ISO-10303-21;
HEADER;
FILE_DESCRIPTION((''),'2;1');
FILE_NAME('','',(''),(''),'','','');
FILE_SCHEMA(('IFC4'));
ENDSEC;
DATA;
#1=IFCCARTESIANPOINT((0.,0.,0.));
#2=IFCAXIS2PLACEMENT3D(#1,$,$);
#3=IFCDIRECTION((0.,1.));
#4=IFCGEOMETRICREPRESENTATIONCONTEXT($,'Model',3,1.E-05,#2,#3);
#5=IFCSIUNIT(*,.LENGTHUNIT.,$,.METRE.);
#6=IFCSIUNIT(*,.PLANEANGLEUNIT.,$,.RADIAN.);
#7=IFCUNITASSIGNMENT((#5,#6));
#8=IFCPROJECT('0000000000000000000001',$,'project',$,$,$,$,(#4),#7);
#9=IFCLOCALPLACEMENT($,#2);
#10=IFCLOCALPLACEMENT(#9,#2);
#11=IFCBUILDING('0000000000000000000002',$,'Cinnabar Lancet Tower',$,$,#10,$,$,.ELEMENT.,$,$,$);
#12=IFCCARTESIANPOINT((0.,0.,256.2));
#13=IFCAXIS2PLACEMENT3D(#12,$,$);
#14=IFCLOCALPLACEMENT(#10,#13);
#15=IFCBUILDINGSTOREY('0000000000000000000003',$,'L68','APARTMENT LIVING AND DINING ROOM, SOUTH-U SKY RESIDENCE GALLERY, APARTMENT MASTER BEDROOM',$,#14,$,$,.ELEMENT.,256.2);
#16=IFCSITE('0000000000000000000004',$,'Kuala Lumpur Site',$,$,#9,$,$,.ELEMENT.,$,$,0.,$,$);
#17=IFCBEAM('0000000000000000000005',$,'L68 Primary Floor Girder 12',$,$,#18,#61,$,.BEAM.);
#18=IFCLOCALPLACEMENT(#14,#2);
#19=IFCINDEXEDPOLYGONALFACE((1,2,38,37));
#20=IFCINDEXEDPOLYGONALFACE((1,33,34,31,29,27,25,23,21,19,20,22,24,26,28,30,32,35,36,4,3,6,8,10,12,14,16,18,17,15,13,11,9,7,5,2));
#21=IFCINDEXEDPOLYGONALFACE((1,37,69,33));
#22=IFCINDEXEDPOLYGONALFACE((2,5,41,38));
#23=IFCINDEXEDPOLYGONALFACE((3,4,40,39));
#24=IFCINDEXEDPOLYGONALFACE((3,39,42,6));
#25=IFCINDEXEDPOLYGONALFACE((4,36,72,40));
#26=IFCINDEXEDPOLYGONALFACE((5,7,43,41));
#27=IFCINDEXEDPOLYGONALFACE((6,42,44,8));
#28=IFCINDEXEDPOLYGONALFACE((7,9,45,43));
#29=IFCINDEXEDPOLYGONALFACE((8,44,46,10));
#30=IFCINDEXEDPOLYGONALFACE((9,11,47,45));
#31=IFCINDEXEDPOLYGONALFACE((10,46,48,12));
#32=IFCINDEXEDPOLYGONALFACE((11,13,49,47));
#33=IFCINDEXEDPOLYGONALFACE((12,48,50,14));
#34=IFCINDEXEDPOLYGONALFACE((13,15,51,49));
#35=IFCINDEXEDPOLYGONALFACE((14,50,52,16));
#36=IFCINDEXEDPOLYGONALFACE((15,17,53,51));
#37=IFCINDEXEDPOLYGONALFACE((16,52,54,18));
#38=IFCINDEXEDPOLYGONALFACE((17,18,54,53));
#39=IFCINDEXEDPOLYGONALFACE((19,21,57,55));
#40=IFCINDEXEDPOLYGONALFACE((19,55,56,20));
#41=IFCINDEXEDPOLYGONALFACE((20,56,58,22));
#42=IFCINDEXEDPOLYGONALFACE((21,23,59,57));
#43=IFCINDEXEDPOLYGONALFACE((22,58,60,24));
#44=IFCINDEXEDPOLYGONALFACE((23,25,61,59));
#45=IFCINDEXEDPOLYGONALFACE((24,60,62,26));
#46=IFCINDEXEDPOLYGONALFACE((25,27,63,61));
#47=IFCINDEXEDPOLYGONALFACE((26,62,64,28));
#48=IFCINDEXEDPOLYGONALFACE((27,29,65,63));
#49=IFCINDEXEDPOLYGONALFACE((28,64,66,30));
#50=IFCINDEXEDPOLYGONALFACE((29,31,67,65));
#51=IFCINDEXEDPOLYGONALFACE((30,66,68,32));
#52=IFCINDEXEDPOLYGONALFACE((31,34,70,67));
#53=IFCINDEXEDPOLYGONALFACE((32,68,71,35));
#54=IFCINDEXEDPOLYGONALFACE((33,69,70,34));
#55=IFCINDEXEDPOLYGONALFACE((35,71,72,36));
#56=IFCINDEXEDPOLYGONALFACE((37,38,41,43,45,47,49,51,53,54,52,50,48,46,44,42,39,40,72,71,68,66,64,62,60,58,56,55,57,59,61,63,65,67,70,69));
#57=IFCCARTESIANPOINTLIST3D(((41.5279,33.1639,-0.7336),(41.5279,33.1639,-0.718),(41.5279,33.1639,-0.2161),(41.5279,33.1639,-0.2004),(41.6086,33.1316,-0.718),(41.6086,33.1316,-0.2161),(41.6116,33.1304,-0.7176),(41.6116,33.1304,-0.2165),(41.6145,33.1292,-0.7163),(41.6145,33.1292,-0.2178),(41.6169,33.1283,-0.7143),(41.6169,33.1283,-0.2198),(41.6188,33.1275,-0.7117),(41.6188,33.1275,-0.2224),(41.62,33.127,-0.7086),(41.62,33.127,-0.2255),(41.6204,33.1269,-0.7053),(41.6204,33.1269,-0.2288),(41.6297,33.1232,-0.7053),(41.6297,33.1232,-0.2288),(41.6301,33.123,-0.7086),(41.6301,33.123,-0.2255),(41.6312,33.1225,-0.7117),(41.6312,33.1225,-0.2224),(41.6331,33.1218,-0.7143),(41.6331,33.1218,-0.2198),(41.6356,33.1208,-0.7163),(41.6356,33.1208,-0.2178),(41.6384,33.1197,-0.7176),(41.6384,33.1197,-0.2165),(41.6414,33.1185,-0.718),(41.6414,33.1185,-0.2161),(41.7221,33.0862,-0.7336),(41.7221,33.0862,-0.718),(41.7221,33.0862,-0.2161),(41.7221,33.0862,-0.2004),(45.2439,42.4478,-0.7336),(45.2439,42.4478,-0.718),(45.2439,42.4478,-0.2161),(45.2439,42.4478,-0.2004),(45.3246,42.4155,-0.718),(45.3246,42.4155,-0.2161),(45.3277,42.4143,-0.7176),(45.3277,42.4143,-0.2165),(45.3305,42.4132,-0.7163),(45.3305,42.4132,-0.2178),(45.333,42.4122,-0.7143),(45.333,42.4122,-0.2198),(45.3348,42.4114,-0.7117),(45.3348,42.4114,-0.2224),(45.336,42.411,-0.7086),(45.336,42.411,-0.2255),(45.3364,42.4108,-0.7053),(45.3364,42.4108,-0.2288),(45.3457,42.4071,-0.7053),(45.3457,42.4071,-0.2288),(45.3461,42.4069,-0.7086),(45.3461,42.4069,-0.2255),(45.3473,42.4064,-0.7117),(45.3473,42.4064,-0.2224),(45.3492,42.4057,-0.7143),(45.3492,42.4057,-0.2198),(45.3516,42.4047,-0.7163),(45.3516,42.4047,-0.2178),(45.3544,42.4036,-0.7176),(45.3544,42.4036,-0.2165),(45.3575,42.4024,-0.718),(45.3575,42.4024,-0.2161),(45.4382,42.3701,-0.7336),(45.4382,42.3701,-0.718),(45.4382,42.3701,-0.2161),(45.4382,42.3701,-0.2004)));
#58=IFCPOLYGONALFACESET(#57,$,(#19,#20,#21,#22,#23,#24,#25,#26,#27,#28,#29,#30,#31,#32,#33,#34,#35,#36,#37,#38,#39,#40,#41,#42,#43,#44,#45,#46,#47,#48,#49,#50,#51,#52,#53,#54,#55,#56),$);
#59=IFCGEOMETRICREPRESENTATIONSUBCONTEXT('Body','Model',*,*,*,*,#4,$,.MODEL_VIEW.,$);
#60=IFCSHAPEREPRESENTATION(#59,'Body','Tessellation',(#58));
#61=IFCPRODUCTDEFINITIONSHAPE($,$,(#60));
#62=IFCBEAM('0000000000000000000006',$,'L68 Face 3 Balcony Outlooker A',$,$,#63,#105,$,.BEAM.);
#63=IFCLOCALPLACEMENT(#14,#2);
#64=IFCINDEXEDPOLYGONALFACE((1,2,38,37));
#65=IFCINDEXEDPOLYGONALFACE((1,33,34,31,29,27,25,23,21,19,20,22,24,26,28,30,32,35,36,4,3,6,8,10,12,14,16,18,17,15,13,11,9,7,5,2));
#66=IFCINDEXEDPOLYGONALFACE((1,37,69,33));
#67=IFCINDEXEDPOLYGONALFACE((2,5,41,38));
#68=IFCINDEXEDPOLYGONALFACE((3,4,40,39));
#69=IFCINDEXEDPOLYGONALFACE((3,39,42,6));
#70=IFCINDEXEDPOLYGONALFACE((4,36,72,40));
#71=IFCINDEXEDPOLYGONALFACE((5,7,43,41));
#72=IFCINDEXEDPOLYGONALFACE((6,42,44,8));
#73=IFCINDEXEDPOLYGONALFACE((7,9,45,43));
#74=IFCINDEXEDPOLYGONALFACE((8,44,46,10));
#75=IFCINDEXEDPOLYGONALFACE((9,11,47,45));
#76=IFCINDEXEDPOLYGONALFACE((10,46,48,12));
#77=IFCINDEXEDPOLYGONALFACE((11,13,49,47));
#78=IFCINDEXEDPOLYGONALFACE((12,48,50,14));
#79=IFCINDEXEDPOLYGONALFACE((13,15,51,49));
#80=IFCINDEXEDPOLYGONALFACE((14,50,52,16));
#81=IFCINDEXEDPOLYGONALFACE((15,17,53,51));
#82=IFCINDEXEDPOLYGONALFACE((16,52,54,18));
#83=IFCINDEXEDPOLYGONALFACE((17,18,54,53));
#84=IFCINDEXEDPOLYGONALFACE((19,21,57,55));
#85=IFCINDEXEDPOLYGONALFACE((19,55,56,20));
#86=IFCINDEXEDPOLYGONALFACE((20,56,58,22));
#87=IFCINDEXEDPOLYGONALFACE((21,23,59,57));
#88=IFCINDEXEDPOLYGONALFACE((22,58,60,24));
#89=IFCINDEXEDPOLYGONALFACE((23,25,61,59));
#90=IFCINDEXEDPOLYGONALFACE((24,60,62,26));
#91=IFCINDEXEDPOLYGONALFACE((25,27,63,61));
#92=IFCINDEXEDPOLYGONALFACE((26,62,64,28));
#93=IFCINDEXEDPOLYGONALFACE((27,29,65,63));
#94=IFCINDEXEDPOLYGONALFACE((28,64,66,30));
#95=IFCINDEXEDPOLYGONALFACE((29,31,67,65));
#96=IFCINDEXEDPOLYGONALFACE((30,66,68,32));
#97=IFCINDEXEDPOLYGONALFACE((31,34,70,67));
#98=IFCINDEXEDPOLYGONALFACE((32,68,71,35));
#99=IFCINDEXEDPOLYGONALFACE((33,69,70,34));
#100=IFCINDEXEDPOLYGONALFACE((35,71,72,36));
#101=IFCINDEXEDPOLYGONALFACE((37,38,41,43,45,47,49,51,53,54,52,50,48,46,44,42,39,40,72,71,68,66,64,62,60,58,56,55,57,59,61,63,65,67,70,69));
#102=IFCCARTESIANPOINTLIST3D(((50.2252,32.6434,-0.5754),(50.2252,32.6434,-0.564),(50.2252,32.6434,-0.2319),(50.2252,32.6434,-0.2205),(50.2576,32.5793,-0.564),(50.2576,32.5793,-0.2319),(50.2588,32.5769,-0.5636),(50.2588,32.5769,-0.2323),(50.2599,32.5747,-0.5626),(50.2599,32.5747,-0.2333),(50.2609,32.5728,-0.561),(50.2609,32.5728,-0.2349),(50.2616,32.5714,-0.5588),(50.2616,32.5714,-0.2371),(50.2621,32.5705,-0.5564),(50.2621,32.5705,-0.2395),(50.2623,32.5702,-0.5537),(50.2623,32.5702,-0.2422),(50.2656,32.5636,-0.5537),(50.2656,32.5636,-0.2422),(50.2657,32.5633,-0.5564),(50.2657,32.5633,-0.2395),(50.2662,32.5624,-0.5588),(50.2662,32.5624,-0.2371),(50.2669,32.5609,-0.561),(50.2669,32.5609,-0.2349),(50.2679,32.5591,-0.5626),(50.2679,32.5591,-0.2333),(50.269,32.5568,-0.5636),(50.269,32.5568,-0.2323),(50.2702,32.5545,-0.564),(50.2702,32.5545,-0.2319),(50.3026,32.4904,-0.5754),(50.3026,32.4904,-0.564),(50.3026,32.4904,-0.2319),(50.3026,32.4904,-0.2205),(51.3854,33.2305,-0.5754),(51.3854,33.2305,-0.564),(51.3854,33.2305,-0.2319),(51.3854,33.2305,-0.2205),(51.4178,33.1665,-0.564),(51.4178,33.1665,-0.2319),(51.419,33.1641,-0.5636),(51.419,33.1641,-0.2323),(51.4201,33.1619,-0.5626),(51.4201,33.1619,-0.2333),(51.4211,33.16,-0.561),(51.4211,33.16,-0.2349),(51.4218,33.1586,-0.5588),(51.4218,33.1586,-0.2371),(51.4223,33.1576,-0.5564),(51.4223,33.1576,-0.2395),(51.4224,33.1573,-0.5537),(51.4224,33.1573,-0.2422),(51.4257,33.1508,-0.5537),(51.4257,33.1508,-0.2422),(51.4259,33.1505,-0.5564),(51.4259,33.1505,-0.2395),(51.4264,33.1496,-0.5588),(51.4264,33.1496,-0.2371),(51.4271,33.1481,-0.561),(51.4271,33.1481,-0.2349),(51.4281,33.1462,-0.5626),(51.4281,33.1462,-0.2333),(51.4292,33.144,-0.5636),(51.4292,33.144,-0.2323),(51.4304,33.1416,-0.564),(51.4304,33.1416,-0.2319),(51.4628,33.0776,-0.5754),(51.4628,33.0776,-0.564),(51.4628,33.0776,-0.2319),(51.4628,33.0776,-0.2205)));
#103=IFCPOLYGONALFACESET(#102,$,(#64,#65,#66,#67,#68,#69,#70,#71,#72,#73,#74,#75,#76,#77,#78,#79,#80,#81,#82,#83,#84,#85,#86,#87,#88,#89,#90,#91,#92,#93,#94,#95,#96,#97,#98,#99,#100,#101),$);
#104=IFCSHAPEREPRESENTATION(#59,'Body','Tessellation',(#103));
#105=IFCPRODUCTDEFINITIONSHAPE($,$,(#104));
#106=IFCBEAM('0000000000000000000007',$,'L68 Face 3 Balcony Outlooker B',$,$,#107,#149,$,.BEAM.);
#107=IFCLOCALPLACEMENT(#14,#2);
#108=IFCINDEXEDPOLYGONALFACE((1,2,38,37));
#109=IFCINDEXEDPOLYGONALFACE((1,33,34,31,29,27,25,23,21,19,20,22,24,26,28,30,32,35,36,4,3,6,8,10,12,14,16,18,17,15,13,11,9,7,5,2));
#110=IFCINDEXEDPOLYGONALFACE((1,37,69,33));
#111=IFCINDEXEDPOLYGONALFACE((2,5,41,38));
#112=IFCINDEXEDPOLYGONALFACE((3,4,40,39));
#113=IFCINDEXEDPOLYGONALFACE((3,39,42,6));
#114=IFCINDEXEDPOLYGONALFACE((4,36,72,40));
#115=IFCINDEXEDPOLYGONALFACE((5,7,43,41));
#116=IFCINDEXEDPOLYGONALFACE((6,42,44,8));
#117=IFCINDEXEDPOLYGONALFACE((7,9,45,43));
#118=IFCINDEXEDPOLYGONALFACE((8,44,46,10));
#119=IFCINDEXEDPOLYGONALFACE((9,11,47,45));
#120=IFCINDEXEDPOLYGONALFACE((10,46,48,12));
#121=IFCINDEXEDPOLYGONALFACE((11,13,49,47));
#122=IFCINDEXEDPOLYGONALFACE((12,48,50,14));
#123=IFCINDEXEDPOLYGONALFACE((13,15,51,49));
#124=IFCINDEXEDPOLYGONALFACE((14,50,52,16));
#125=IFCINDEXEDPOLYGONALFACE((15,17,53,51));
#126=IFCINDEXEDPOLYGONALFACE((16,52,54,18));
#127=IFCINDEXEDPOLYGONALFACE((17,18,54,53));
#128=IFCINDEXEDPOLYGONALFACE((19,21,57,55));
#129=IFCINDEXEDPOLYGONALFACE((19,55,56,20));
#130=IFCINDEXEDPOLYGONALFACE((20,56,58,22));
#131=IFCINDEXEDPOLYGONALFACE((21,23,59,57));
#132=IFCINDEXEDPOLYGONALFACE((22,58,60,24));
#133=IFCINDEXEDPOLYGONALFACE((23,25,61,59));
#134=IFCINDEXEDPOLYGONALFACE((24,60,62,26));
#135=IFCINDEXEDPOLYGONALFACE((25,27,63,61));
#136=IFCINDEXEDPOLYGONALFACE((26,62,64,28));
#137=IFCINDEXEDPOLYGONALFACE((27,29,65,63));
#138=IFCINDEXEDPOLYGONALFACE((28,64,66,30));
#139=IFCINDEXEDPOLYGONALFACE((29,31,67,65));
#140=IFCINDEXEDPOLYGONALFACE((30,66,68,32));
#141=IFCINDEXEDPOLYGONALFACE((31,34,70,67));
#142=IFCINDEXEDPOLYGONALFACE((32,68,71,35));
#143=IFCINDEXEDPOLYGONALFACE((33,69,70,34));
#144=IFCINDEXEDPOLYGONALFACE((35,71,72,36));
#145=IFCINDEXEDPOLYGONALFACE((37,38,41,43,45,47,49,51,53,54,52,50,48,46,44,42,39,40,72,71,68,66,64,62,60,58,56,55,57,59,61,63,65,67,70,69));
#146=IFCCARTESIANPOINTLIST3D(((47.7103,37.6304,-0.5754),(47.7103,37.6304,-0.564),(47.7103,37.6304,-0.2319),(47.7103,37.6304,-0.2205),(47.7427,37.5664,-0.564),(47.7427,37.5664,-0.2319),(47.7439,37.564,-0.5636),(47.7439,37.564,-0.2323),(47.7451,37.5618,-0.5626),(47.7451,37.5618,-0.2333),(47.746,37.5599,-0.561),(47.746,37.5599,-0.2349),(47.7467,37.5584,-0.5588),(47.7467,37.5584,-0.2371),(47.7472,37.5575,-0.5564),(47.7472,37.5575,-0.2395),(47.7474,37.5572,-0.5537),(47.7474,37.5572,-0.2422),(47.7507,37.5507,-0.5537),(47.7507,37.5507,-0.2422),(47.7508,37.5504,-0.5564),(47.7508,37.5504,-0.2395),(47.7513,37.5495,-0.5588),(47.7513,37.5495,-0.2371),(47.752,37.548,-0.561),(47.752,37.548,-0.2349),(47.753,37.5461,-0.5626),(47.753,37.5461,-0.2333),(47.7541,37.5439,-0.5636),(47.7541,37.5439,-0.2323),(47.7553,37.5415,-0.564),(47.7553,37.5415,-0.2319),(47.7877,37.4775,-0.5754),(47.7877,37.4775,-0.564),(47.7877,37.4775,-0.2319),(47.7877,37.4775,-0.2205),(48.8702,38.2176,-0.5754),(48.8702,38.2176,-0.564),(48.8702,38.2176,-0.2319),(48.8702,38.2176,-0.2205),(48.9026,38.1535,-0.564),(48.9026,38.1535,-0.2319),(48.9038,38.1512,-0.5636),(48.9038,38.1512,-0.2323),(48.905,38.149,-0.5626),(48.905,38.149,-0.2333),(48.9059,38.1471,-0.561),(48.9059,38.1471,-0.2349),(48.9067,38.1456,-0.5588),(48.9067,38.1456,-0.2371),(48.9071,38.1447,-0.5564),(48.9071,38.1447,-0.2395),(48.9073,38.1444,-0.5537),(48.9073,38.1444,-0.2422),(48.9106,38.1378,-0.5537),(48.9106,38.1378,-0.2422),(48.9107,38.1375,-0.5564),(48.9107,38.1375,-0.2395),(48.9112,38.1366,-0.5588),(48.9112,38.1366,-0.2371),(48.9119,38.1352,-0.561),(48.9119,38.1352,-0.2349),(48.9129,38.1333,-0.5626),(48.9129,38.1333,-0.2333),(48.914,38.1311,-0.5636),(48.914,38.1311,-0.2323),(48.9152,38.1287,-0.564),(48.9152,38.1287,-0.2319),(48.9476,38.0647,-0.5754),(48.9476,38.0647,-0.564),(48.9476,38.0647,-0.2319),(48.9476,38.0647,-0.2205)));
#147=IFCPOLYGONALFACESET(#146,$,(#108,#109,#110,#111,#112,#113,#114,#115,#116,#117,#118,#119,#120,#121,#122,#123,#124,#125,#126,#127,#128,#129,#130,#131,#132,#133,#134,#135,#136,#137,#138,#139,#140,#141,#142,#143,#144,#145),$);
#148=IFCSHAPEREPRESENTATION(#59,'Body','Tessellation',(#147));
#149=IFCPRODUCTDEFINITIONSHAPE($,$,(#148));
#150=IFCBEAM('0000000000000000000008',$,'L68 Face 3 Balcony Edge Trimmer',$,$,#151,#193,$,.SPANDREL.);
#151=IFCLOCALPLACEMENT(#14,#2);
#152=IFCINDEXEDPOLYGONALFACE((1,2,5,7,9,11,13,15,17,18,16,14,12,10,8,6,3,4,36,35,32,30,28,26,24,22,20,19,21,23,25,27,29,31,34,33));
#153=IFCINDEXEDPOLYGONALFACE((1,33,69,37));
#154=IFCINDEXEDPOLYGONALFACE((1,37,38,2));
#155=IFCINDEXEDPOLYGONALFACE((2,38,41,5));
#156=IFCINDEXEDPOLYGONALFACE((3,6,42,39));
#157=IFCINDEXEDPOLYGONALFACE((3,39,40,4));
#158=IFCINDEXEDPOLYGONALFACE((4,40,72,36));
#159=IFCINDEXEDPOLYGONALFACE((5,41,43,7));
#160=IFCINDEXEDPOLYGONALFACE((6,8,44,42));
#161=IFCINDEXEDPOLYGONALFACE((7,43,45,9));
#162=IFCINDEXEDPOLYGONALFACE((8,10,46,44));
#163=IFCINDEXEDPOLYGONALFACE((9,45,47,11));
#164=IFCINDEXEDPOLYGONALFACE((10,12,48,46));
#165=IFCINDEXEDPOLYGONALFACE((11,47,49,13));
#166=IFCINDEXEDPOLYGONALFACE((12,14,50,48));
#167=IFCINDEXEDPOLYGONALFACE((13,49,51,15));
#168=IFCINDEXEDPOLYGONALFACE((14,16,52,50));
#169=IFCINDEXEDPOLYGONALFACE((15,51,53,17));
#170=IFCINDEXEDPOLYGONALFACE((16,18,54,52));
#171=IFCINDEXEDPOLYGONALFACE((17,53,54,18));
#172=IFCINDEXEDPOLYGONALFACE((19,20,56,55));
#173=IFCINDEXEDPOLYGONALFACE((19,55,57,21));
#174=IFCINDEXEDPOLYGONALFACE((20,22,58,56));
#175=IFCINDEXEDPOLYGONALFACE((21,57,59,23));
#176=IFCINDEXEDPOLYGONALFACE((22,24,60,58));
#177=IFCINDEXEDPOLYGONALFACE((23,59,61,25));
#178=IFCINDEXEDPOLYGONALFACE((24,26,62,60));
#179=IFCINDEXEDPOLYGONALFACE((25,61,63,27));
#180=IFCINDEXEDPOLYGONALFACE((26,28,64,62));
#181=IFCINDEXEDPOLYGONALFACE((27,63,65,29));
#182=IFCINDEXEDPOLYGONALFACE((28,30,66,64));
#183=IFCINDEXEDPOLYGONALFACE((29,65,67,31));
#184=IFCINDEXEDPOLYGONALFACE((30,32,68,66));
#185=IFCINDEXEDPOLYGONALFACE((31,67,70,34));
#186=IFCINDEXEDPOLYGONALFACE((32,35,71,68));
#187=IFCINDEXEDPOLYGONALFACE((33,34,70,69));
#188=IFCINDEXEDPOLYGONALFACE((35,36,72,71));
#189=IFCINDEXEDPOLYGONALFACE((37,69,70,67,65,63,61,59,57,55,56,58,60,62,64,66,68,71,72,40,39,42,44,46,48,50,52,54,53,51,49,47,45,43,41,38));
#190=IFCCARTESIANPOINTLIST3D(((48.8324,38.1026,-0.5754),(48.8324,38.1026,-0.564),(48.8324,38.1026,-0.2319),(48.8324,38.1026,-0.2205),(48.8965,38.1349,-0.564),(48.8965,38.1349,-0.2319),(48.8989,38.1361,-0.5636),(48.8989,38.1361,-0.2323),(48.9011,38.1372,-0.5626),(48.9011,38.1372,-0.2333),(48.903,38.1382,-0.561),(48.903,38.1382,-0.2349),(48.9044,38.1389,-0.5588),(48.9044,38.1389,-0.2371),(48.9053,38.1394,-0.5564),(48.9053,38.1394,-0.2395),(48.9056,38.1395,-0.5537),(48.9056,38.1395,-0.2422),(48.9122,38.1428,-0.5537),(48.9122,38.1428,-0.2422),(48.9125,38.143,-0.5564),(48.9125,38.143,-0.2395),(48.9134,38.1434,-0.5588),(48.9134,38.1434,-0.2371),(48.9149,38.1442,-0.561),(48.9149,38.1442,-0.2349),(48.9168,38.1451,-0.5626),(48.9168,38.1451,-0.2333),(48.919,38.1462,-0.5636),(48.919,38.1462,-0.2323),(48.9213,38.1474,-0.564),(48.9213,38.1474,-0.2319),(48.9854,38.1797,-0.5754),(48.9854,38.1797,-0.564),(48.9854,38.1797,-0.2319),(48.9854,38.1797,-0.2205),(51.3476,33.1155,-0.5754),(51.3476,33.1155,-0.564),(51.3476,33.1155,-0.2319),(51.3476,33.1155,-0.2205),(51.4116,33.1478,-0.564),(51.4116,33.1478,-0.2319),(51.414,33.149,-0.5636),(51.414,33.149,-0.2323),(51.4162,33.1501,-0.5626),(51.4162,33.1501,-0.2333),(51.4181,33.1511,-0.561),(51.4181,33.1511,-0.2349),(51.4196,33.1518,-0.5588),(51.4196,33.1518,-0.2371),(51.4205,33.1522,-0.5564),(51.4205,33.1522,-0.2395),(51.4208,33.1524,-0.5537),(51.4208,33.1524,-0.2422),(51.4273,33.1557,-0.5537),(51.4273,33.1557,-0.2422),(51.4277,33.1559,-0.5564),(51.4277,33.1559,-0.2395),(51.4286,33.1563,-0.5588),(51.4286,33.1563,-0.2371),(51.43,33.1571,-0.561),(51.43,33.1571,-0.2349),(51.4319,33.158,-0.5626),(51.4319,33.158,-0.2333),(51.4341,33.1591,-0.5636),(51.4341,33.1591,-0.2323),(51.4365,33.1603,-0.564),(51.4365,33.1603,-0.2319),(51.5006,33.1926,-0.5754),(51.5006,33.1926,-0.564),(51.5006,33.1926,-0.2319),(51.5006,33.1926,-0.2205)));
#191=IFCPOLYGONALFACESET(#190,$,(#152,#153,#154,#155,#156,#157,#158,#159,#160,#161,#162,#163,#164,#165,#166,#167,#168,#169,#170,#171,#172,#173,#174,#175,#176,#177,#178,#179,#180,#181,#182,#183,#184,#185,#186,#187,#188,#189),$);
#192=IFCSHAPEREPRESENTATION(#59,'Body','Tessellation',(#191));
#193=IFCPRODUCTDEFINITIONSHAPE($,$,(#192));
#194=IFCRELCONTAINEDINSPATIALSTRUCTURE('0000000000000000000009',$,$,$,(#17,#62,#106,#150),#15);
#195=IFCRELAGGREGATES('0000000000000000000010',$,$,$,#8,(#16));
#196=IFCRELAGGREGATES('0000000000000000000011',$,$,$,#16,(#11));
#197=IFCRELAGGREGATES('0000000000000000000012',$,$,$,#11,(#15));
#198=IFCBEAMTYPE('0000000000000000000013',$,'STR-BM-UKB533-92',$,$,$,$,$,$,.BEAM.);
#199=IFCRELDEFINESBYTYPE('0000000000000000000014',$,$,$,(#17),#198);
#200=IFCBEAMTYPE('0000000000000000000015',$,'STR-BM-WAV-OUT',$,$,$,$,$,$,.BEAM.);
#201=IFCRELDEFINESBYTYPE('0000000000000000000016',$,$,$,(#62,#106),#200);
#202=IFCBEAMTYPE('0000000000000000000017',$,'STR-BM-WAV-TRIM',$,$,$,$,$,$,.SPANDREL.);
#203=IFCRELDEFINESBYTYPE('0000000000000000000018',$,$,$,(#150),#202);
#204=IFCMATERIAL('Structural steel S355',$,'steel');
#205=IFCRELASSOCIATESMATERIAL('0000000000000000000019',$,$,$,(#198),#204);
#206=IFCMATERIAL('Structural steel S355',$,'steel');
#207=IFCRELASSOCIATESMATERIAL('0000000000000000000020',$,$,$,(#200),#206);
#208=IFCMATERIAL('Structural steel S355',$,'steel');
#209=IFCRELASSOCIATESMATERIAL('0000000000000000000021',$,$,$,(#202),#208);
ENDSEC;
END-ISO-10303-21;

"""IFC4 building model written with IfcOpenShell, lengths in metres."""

from ifc_helpers import new_model, si_unit, direction, frame, origin, origin_2d, place, context, subcontext, project, spatial, i_section, extrude, material, material_profile, profile_set, type_object, element, save


model = new_model("IFC4")

# Units and contexts
model_context = context("Model", 3, precision=1e-05, world=origin(), true_north=direction((0.0, 1.0)))
body_context = subcontext(model_context, "Body", "Model", "MODEL_VIEW")
ifc_project = project(units=[si_unit("LENGTHUNIT", "METRE"), si_unit("PLANEANGLEUNIT", "RADIAN")], contexts=[model_context])

# Site, building, storey
site_placement = place(None, origin())
site = spatial("IfcSite", under=ifc_project, at=site_placement, Name="Kuala Lumpur Site", CompositionType="ELEMENT", RefElevation=0.0)
building_placement = place(site_placement, origin())
building = spatial("IfcBuilding", under=site, at=building_placement, Name="Cinnabar Lancet Tower", CompositionType="ELEMENT")
storey_placement = place(building_placement, frame((0.0, 0.0, 256.2)))
storey = spatial("IfcBuildingStorey", under=building, at=storey_placement, Name="L68", Description="APARTMENT LIVING AND DINING ROOM, SOUTH-U SKY RESIDENCE GALLERY, APARTMENT MASTER BEDROOM", CompositionType="ELEMENT", Elevation=256.2)

# Beams
ifc_material_1 = material(Name="Structural steel S355", Category="steel")
ifc_material_profile_1 = material_profile(ifc_material_1, i_section(OverallWidth=0.2092, OverallDepth=0.5332, WebThickness=0.01, FlangeThickness=0.0156, FilletRadius=0.0127, at=origin_2d()), Name="UKB 533x210x92")
ifc_profile_set_1 = profile_set([ifc_material_profile_1], Name="Structural steel S355")
beam_type_1 = type_object("IfcBeamType", Name="STR-BM-UKB533-92", PredefinedType="BEAM", material=ifc_profile_set_1)
beam_1_placement = place(storey_placement, frame((45.3411, 42.4089, -0.467), z_axis=(-0.371605, -0.928391, 0.0), x_axis=(0.928391, -0.371605, 0.0)))
element("IfcBeam", 1, at=beam_1_placement, inside=storey, type_object=beam_type_1, Name="L68 Primary Floor Girder 12", PredefinedType="BEAM", context=body_context, shape_type="SweptSolid", body=[
    extrude(i_section(OverallWidth=0.2092, OverallDepth=0.5332, WebThickness=0.01, FlangeThickness=0.0156, FilletRadius=0.0127, at=origin_2d()), origin(), (0.0, 0.0, 1.0), 10.0),
])
ifc_material_2 = material(Name="Structural steel S355", Category="steel")
ifc_material_profile_2 = material_profile(ifc_material_2, i_section(OverallWidth=0.1714, OverallDepth=0.355, WebThickness=0.0073, FlangeThickness=0.0115, FilletRadius=0.0103, at=origin_2d()), Name="UKB 356x171x51")
ifc_profile_set_2 = profile_set([ifc_material_profile_2], Name="Structural steel S355")
beam_type_2 = type_object("IfcBeamType", Name="STR-BM-WAV-OUT", PredefinedType="BEAM", material=ifc_profile_set_2)
beam_2_placement = place(storey_placement, frame((50.2639, 32.5669, -0.3979), z_axis=(0.892239, 0.451564, 0.0), x_axis=(-0.451564, 0.892239, 0.0)))
element("IfcBeam", 2, at=beam_2_placement, inside=storey, type_object=beam_type_2, Name="L68 Face 3 Balcony Outlooker A", PredefinedType="BEAM", context=body_context, shape_type="SweptSolid", body=[
    extrude(i_section(OverallWidth=0.1714, OverallDepth=0.355, WebThickness=0.0073, FlangeThickness=0.0115, FilletRadius=0.0103, at=origin_2d()), origin(), (0.0, 0.0, 1.0), 1.3003),
])
beam_3_placement = place(storey_placement, frame((47.749, 37.554, -0.3979), z_axis=(0.8922, 0.45164, 0.0), x_axis=(-0.45164, 0.8922, 0.0)))
element("IfcBeam", 3, at=beam_3_placement, inside=storey, type_object=beam_type_2, Name="L68 Face 3 Balcony Outlooker B", PredefinedType="BEAM", context=body_context, shape_type="SweptSolid", body=[
    extrude(i_section(OverallWidth=0.1714, OverallDepth=0.355, WebThickness=0.0073, FlangeThickness=0.0115, FilletRadius=0.0103, at=origin_2d()), origin(), (0.0, 0.0, 1.0), 1.3),
])
ifc_material_3 = material(Name="Structural steel S355", Category="steel")
ifc_material_profile_3 = material_profile(ifc_material_3, i_section(OverallWidth=0.1714, OverallDepth=0.355, WebThickness=0.0073, FlangeThickness=0.0115, FilletRadius=0.0103, at=origin_2d()), Name="UKB 356x171x51")
ifc_profile_set_3 = profile_set([ifc_material_profile_3], Name="Structural steel S355")
beam_type_3 = type_object("IfcBeamType", Name="STR-BM-WAV-TRIM", PredefinedType="SPANDREL", material=ifc_profile_set_3)
beam_4_placement = place(storey_placement, frame((51.4241, 33.1541, -0.3979), z_axis=(-0.450306, 0.892874, 0.0), x_axis=(-0.892874, -0.450306, 0.0)))
element("IfcBeam", 4, at=beam_4_placement, inside=storey, type_object=beam_type_3, Name="L68 Face 3 Balcony Edge Trimmer", PredefinedType="SPANDREL", context=body_context, shape_type="SweptSolid", body=[
    extrude(i_section(OverallWidth=0.1714, OverallDepth=0.355, WebThickness=0.0073, FlangeThickness=0.0115, FilletRadius=0.0103, at=origin_2d()), origin(), (0.0, 0.0, 1.0), 5.5854),
])

save(model, "model.ifc")
